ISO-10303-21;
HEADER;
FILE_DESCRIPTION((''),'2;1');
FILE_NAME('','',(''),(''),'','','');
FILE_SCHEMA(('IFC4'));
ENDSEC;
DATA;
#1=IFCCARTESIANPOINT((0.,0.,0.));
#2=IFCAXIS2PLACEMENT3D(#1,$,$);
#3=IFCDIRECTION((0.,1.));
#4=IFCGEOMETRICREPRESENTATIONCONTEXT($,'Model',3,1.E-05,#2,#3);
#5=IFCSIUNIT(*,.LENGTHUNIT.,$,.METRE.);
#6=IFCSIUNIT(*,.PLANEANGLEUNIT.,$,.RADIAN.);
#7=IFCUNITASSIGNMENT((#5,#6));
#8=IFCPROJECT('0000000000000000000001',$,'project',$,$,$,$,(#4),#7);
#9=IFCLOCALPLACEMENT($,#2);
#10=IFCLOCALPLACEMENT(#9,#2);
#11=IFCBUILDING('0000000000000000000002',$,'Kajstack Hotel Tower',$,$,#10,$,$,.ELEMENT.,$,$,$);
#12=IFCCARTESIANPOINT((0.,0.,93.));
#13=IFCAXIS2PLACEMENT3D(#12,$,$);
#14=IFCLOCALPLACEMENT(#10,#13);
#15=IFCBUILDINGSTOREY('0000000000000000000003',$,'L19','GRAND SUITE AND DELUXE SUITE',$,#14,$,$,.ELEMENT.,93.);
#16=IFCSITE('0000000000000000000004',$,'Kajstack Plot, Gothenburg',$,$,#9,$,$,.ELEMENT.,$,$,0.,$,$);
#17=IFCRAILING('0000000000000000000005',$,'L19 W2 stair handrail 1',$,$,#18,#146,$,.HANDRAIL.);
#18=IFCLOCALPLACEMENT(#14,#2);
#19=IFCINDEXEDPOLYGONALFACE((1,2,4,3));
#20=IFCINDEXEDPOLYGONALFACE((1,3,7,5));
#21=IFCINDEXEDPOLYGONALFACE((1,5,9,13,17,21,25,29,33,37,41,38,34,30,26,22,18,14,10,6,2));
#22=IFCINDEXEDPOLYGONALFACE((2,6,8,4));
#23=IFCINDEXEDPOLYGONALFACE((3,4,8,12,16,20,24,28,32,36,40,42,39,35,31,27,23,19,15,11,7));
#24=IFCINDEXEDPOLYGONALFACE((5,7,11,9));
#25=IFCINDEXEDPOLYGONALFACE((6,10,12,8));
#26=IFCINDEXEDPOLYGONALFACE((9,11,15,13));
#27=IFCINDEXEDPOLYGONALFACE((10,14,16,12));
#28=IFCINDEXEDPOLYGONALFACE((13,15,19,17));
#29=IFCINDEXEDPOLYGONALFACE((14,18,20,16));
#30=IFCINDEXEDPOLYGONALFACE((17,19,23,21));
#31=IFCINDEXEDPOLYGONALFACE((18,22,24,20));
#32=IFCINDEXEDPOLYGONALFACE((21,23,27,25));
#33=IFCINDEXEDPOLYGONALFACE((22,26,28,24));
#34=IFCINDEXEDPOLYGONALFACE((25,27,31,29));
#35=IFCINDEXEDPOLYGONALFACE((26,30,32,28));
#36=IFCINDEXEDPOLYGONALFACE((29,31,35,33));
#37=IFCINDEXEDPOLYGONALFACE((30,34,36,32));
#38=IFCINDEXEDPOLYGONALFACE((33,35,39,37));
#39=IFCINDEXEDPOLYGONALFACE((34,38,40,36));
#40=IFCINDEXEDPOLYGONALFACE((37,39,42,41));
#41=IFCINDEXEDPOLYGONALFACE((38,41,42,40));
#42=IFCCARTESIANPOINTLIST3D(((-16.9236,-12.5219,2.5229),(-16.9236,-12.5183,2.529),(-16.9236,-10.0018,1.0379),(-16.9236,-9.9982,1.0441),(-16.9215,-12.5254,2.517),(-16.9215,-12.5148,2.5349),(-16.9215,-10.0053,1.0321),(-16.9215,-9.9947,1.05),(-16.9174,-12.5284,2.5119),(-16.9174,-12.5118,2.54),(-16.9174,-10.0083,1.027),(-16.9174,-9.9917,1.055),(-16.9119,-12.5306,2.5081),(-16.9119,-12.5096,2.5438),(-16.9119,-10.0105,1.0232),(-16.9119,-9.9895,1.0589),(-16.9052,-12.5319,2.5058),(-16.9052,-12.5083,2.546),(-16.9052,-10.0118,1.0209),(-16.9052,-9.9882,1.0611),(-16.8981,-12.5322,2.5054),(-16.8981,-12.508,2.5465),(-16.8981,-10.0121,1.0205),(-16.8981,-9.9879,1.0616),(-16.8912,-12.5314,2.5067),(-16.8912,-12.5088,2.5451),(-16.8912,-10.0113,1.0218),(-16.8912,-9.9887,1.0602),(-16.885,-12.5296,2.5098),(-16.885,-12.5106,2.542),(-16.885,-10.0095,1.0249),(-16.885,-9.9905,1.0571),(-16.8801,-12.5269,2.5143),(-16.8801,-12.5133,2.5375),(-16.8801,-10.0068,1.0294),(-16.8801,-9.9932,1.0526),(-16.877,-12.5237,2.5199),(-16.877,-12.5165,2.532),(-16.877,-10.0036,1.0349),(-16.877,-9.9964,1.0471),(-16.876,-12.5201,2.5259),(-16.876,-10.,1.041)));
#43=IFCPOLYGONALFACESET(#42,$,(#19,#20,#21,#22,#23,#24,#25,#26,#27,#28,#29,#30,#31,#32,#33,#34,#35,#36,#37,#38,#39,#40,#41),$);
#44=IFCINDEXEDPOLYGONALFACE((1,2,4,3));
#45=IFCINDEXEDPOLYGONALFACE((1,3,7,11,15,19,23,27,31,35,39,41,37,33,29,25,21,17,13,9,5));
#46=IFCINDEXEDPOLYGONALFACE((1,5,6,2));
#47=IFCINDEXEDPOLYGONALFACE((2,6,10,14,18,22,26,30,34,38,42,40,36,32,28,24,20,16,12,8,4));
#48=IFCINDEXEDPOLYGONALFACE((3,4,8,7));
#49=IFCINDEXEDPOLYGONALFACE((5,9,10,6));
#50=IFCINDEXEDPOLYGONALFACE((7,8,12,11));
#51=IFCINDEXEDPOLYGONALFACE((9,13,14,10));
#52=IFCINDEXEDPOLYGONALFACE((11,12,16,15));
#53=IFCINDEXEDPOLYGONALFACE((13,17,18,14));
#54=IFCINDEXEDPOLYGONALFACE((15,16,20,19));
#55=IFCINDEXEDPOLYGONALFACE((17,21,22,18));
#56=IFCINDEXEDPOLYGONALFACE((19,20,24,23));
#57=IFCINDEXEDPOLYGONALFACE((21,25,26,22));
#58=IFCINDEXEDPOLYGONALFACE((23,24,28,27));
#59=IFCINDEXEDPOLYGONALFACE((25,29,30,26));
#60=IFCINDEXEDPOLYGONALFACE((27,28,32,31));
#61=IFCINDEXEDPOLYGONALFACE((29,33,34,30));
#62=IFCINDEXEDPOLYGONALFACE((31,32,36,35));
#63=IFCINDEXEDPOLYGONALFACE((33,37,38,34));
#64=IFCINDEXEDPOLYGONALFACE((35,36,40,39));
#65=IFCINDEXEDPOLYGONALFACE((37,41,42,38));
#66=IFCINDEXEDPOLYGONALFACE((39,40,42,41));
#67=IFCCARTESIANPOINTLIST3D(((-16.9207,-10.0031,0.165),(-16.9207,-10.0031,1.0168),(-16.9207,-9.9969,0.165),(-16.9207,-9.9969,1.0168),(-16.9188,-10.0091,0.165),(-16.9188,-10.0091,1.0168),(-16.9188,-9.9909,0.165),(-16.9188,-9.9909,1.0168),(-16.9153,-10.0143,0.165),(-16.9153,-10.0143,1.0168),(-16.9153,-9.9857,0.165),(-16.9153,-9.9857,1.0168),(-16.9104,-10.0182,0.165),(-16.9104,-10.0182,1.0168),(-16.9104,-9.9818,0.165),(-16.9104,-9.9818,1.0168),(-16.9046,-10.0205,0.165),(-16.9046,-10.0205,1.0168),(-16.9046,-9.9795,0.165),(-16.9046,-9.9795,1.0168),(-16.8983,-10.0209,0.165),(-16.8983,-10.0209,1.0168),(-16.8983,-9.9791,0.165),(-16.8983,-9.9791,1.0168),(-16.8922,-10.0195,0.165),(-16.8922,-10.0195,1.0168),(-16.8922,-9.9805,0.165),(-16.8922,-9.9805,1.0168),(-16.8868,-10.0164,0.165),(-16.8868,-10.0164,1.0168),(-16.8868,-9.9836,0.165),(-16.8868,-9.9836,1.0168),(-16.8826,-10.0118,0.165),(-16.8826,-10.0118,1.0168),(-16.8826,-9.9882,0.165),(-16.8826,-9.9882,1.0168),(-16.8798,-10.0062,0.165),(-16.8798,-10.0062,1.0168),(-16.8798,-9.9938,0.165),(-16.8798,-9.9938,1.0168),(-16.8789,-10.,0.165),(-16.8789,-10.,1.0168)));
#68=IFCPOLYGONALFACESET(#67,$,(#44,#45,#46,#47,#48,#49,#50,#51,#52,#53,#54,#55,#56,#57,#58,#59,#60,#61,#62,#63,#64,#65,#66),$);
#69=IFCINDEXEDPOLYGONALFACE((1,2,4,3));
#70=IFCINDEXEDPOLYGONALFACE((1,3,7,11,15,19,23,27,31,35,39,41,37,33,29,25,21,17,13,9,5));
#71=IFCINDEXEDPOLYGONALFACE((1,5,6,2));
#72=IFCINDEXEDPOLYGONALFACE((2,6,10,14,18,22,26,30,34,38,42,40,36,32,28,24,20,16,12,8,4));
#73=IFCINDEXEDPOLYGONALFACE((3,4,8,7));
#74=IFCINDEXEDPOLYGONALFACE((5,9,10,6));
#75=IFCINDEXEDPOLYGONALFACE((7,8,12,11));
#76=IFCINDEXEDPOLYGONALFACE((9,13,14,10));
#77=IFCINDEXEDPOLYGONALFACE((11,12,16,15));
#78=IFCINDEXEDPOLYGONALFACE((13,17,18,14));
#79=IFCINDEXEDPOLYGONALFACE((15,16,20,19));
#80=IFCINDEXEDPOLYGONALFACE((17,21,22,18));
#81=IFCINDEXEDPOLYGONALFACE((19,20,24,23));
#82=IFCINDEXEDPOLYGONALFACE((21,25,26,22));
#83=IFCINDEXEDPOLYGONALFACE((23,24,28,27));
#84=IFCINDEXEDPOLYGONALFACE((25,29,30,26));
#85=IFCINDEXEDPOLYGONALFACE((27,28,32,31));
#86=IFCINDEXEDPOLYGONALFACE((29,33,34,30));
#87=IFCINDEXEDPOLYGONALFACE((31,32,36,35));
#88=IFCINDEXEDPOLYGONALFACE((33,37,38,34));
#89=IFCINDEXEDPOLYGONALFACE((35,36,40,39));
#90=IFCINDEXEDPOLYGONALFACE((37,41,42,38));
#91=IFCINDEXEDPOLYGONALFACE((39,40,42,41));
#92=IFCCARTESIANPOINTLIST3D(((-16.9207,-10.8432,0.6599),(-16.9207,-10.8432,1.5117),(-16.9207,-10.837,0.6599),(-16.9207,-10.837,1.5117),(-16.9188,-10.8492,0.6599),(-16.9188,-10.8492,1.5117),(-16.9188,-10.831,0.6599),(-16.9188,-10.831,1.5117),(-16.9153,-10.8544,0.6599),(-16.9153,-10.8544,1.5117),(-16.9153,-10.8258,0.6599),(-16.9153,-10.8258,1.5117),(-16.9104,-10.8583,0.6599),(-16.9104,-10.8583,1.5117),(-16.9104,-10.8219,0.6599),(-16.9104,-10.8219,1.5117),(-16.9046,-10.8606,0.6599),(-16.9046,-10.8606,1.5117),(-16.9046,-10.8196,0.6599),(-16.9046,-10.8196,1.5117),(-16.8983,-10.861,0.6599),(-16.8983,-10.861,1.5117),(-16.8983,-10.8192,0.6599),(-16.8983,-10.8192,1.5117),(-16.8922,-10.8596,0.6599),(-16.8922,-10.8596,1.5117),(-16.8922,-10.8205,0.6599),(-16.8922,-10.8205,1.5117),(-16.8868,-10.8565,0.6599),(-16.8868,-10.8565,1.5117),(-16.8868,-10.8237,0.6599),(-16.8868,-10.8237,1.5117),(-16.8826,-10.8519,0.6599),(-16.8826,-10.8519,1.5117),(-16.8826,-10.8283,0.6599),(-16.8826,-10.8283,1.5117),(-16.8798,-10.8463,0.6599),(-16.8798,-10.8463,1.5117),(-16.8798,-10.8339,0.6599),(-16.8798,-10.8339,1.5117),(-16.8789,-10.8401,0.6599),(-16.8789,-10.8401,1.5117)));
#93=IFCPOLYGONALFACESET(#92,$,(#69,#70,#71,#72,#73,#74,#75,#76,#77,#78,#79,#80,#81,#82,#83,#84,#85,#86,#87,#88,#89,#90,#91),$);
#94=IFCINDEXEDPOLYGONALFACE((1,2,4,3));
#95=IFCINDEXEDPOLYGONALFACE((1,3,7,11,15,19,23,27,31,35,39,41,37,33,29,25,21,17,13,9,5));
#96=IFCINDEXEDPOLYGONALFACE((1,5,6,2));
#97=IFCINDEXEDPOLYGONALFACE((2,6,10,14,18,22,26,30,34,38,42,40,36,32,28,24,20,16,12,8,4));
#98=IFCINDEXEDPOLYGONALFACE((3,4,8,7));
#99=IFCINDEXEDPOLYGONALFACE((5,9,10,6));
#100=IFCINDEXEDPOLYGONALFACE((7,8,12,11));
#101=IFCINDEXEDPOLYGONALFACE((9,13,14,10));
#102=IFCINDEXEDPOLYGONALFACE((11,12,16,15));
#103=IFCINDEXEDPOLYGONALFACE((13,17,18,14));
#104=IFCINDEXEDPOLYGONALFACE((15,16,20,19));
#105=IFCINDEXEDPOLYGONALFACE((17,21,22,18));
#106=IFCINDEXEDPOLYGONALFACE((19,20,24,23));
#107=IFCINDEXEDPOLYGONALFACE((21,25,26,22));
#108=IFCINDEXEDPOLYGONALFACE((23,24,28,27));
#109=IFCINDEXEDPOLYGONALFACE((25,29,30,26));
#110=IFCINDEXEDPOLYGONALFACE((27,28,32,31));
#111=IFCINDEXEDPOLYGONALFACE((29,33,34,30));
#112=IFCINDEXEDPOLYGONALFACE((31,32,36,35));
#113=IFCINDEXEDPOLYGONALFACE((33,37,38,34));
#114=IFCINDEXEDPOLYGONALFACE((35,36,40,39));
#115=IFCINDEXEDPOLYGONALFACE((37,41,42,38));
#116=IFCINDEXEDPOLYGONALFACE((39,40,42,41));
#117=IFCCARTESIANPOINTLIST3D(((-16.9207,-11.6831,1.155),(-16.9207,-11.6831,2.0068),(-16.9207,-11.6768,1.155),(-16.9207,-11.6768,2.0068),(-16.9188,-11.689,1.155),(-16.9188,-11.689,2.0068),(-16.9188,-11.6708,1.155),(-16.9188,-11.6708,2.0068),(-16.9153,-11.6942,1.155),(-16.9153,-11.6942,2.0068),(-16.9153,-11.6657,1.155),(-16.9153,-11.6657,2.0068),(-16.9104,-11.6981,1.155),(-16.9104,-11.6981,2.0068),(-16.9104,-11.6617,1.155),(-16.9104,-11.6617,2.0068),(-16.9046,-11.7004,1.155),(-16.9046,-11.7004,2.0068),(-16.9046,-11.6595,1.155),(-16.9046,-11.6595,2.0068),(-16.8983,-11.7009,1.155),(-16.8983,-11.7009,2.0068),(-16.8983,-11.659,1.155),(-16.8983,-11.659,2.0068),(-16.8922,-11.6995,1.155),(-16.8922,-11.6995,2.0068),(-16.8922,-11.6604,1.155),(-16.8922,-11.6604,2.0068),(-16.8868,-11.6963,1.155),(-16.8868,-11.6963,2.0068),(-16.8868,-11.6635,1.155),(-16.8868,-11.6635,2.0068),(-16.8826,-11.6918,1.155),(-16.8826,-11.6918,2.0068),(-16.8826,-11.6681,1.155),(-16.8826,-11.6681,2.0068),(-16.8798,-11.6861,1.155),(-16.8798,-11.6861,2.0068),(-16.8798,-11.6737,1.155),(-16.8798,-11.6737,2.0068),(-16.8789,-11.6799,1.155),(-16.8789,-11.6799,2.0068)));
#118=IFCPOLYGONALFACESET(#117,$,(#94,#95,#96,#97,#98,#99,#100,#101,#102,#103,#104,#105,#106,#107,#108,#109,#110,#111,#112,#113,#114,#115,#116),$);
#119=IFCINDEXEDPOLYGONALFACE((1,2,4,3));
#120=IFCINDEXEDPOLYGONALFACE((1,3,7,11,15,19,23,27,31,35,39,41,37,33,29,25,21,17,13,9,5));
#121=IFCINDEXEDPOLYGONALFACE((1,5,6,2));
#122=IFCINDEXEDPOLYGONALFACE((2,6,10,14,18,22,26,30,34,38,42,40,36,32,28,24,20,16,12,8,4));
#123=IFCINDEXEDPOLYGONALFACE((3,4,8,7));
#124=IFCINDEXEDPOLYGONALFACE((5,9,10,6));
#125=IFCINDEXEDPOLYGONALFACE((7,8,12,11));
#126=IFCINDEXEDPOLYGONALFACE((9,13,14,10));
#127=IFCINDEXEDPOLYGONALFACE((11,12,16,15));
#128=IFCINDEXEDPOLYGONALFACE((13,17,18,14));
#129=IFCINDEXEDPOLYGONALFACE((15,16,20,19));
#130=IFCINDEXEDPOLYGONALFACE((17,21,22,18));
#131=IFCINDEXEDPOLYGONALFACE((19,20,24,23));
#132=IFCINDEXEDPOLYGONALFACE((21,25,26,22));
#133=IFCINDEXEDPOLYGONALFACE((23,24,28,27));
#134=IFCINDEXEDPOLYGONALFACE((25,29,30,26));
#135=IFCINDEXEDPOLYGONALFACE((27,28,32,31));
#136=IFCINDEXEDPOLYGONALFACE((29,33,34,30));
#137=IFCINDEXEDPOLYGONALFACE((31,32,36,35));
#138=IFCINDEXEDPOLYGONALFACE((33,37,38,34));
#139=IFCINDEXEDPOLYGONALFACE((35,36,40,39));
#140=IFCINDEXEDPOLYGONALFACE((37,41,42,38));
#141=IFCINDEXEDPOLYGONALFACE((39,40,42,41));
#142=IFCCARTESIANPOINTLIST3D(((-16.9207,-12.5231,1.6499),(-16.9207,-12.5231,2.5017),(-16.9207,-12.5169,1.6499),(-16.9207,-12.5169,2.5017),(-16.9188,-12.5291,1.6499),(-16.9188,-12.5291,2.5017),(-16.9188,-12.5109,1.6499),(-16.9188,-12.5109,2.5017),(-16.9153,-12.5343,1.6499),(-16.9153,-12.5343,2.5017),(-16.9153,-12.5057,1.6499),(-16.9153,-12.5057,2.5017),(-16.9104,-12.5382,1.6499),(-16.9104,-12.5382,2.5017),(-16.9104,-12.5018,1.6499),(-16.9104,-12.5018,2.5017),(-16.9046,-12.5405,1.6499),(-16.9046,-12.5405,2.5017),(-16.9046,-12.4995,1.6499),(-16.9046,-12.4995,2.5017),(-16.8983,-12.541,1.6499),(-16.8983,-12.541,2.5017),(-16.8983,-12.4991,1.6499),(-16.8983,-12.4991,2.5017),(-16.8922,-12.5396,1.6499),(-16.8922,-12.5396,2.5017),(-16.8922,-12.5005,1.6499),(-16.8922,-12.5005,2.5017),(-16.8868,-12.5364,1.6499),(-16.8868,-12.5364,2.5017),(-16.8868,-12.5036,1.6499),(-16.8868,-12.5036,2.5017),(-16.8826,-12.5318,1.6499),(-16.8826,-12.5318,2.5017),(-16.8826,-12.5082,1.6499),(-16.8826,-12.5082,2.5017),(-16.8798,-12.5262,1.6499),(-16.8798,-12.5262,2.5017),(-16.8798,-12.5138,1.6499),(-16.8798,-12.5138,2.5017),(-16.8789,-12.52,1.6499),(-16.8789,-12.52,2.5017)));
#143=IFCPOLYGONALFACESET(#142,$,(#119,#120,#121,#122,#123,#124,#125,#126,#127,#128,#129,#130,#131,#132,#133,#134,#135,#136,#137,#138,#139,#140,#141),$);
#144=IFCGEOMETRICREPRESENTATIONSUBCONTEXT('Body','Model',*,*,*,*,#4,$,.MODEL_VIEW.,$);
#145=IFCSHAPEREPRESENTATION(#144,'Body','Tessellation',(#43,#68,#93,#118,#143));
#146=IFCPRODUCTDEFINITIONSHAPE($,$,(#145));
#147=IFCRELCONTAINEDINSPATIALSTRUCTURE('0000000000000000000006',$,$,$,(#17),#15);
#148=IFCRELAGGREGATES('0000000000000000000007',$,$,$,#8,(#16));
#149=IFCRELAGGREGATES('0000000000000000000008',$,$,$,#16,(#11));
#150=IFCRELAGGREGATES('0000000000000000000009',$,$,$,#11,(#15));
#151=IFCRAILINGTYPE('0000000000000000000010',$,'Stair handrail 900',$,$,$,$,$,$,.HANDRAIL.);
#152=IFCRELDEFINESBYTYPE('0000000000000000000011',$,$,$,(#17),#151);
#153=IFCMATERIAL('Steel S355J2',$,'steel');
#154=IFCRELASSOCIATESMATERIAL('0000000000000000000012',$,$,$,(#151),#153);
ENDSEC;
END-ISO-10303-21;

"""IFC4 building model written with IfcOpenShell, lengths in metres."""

from ifc_helpers import new_model, si_unit, direction, frame, origin, origin_2d, place, context, subcontext, project, spatial, circle, extrude, material, type_object, element, save


model = new_model("IFC4")

# Units and contexts
model_context = context("Model", 3, precision=1e-05, world=origin(), true_north=direction((0.0, 1.0)))
body_context = subcontext(model_context, "Body", "Model", "MODEL_VIEW")
ifc_project = project(units=[si_unit("LENGTHUNIT", "METRE"), si_unit("PLANEANGLEUNIT", "RADIAN")], contexts=[model_context])

# Site, building, storey
site_placement = place(None, origin())
site = spatial("IfcSite", under=ifc_project, at=site_placement, Name="Kajstack Plot, Gothenburg", CompositionType="ELEMENT", RefElevation=0.0)
building_placement = place(site_placement, origin())
building = spatial("IfcBuilding", under=site, at=building_placement, Name="Kajstack Hotel Tower", CompositionType="ELEMENT")
storey_placement = place(building_placement, frame((0.0, 0.0, 93.0)))
storey = spatial("IfcBuildingStorey", under=building, at=storey_placement, Name="L19", Description="GRAND SUITE AND DELUXE SUITE", CompositionType="ELEMENT", Elevation=93.0)

# Railing
ifc_material_1 = material(Name="Steel S355J2", Category="steel")
railing_type_1 = type_object("IfcRailingType", Name="Stair handrail 900", PredefinedType="HANDRAIL", material=ifc_material_1)
railing_1_placement = place(storey_placement, frame((-16.8999, -10.0, 0.165)))
element("IfcRailing", 1, at=railing_1_placement, inside=storey, type_object=railing_type_1, Name="L19 W2 stair handrail 1", PredefinedType="HANDRAIL", context=body_context, shape_type="SweptSolid", body=[
    extrude(circle(Radius=0.0239, at=origin_2d()), frame((0.0, 0.0, 0.876), z_axis=(0.0, -0.861561, 0.507655), x_axis=(1.0, 0.0, 0.0)), (0.0, 0.0, 1.0), 2.925),
    extrude(circle(Radius=0.021, at=origin_2d()), origin(), (0.0, 0.0, 1.0), 0.8518),
    extrude(circle(Radius=0.021, at=origin_2d()), frame((0.0, -0.8401, 0.4949)), (0.0, 0.0, 1.0), 0.8518),
    extrude(circle(Radius=0.021, at=origin_2d()), frame((0.0, -1.6799, 0.99)), (0.0, 0.0, 1.0), 0.8518),
    extrude(circle(Radius=0.021, at=origin_2d()), frame((0.0, -2.52, 1.4849)), (0.0, 0.0, 1.0), 0.8518),
])

save(model, "model.ifc")
